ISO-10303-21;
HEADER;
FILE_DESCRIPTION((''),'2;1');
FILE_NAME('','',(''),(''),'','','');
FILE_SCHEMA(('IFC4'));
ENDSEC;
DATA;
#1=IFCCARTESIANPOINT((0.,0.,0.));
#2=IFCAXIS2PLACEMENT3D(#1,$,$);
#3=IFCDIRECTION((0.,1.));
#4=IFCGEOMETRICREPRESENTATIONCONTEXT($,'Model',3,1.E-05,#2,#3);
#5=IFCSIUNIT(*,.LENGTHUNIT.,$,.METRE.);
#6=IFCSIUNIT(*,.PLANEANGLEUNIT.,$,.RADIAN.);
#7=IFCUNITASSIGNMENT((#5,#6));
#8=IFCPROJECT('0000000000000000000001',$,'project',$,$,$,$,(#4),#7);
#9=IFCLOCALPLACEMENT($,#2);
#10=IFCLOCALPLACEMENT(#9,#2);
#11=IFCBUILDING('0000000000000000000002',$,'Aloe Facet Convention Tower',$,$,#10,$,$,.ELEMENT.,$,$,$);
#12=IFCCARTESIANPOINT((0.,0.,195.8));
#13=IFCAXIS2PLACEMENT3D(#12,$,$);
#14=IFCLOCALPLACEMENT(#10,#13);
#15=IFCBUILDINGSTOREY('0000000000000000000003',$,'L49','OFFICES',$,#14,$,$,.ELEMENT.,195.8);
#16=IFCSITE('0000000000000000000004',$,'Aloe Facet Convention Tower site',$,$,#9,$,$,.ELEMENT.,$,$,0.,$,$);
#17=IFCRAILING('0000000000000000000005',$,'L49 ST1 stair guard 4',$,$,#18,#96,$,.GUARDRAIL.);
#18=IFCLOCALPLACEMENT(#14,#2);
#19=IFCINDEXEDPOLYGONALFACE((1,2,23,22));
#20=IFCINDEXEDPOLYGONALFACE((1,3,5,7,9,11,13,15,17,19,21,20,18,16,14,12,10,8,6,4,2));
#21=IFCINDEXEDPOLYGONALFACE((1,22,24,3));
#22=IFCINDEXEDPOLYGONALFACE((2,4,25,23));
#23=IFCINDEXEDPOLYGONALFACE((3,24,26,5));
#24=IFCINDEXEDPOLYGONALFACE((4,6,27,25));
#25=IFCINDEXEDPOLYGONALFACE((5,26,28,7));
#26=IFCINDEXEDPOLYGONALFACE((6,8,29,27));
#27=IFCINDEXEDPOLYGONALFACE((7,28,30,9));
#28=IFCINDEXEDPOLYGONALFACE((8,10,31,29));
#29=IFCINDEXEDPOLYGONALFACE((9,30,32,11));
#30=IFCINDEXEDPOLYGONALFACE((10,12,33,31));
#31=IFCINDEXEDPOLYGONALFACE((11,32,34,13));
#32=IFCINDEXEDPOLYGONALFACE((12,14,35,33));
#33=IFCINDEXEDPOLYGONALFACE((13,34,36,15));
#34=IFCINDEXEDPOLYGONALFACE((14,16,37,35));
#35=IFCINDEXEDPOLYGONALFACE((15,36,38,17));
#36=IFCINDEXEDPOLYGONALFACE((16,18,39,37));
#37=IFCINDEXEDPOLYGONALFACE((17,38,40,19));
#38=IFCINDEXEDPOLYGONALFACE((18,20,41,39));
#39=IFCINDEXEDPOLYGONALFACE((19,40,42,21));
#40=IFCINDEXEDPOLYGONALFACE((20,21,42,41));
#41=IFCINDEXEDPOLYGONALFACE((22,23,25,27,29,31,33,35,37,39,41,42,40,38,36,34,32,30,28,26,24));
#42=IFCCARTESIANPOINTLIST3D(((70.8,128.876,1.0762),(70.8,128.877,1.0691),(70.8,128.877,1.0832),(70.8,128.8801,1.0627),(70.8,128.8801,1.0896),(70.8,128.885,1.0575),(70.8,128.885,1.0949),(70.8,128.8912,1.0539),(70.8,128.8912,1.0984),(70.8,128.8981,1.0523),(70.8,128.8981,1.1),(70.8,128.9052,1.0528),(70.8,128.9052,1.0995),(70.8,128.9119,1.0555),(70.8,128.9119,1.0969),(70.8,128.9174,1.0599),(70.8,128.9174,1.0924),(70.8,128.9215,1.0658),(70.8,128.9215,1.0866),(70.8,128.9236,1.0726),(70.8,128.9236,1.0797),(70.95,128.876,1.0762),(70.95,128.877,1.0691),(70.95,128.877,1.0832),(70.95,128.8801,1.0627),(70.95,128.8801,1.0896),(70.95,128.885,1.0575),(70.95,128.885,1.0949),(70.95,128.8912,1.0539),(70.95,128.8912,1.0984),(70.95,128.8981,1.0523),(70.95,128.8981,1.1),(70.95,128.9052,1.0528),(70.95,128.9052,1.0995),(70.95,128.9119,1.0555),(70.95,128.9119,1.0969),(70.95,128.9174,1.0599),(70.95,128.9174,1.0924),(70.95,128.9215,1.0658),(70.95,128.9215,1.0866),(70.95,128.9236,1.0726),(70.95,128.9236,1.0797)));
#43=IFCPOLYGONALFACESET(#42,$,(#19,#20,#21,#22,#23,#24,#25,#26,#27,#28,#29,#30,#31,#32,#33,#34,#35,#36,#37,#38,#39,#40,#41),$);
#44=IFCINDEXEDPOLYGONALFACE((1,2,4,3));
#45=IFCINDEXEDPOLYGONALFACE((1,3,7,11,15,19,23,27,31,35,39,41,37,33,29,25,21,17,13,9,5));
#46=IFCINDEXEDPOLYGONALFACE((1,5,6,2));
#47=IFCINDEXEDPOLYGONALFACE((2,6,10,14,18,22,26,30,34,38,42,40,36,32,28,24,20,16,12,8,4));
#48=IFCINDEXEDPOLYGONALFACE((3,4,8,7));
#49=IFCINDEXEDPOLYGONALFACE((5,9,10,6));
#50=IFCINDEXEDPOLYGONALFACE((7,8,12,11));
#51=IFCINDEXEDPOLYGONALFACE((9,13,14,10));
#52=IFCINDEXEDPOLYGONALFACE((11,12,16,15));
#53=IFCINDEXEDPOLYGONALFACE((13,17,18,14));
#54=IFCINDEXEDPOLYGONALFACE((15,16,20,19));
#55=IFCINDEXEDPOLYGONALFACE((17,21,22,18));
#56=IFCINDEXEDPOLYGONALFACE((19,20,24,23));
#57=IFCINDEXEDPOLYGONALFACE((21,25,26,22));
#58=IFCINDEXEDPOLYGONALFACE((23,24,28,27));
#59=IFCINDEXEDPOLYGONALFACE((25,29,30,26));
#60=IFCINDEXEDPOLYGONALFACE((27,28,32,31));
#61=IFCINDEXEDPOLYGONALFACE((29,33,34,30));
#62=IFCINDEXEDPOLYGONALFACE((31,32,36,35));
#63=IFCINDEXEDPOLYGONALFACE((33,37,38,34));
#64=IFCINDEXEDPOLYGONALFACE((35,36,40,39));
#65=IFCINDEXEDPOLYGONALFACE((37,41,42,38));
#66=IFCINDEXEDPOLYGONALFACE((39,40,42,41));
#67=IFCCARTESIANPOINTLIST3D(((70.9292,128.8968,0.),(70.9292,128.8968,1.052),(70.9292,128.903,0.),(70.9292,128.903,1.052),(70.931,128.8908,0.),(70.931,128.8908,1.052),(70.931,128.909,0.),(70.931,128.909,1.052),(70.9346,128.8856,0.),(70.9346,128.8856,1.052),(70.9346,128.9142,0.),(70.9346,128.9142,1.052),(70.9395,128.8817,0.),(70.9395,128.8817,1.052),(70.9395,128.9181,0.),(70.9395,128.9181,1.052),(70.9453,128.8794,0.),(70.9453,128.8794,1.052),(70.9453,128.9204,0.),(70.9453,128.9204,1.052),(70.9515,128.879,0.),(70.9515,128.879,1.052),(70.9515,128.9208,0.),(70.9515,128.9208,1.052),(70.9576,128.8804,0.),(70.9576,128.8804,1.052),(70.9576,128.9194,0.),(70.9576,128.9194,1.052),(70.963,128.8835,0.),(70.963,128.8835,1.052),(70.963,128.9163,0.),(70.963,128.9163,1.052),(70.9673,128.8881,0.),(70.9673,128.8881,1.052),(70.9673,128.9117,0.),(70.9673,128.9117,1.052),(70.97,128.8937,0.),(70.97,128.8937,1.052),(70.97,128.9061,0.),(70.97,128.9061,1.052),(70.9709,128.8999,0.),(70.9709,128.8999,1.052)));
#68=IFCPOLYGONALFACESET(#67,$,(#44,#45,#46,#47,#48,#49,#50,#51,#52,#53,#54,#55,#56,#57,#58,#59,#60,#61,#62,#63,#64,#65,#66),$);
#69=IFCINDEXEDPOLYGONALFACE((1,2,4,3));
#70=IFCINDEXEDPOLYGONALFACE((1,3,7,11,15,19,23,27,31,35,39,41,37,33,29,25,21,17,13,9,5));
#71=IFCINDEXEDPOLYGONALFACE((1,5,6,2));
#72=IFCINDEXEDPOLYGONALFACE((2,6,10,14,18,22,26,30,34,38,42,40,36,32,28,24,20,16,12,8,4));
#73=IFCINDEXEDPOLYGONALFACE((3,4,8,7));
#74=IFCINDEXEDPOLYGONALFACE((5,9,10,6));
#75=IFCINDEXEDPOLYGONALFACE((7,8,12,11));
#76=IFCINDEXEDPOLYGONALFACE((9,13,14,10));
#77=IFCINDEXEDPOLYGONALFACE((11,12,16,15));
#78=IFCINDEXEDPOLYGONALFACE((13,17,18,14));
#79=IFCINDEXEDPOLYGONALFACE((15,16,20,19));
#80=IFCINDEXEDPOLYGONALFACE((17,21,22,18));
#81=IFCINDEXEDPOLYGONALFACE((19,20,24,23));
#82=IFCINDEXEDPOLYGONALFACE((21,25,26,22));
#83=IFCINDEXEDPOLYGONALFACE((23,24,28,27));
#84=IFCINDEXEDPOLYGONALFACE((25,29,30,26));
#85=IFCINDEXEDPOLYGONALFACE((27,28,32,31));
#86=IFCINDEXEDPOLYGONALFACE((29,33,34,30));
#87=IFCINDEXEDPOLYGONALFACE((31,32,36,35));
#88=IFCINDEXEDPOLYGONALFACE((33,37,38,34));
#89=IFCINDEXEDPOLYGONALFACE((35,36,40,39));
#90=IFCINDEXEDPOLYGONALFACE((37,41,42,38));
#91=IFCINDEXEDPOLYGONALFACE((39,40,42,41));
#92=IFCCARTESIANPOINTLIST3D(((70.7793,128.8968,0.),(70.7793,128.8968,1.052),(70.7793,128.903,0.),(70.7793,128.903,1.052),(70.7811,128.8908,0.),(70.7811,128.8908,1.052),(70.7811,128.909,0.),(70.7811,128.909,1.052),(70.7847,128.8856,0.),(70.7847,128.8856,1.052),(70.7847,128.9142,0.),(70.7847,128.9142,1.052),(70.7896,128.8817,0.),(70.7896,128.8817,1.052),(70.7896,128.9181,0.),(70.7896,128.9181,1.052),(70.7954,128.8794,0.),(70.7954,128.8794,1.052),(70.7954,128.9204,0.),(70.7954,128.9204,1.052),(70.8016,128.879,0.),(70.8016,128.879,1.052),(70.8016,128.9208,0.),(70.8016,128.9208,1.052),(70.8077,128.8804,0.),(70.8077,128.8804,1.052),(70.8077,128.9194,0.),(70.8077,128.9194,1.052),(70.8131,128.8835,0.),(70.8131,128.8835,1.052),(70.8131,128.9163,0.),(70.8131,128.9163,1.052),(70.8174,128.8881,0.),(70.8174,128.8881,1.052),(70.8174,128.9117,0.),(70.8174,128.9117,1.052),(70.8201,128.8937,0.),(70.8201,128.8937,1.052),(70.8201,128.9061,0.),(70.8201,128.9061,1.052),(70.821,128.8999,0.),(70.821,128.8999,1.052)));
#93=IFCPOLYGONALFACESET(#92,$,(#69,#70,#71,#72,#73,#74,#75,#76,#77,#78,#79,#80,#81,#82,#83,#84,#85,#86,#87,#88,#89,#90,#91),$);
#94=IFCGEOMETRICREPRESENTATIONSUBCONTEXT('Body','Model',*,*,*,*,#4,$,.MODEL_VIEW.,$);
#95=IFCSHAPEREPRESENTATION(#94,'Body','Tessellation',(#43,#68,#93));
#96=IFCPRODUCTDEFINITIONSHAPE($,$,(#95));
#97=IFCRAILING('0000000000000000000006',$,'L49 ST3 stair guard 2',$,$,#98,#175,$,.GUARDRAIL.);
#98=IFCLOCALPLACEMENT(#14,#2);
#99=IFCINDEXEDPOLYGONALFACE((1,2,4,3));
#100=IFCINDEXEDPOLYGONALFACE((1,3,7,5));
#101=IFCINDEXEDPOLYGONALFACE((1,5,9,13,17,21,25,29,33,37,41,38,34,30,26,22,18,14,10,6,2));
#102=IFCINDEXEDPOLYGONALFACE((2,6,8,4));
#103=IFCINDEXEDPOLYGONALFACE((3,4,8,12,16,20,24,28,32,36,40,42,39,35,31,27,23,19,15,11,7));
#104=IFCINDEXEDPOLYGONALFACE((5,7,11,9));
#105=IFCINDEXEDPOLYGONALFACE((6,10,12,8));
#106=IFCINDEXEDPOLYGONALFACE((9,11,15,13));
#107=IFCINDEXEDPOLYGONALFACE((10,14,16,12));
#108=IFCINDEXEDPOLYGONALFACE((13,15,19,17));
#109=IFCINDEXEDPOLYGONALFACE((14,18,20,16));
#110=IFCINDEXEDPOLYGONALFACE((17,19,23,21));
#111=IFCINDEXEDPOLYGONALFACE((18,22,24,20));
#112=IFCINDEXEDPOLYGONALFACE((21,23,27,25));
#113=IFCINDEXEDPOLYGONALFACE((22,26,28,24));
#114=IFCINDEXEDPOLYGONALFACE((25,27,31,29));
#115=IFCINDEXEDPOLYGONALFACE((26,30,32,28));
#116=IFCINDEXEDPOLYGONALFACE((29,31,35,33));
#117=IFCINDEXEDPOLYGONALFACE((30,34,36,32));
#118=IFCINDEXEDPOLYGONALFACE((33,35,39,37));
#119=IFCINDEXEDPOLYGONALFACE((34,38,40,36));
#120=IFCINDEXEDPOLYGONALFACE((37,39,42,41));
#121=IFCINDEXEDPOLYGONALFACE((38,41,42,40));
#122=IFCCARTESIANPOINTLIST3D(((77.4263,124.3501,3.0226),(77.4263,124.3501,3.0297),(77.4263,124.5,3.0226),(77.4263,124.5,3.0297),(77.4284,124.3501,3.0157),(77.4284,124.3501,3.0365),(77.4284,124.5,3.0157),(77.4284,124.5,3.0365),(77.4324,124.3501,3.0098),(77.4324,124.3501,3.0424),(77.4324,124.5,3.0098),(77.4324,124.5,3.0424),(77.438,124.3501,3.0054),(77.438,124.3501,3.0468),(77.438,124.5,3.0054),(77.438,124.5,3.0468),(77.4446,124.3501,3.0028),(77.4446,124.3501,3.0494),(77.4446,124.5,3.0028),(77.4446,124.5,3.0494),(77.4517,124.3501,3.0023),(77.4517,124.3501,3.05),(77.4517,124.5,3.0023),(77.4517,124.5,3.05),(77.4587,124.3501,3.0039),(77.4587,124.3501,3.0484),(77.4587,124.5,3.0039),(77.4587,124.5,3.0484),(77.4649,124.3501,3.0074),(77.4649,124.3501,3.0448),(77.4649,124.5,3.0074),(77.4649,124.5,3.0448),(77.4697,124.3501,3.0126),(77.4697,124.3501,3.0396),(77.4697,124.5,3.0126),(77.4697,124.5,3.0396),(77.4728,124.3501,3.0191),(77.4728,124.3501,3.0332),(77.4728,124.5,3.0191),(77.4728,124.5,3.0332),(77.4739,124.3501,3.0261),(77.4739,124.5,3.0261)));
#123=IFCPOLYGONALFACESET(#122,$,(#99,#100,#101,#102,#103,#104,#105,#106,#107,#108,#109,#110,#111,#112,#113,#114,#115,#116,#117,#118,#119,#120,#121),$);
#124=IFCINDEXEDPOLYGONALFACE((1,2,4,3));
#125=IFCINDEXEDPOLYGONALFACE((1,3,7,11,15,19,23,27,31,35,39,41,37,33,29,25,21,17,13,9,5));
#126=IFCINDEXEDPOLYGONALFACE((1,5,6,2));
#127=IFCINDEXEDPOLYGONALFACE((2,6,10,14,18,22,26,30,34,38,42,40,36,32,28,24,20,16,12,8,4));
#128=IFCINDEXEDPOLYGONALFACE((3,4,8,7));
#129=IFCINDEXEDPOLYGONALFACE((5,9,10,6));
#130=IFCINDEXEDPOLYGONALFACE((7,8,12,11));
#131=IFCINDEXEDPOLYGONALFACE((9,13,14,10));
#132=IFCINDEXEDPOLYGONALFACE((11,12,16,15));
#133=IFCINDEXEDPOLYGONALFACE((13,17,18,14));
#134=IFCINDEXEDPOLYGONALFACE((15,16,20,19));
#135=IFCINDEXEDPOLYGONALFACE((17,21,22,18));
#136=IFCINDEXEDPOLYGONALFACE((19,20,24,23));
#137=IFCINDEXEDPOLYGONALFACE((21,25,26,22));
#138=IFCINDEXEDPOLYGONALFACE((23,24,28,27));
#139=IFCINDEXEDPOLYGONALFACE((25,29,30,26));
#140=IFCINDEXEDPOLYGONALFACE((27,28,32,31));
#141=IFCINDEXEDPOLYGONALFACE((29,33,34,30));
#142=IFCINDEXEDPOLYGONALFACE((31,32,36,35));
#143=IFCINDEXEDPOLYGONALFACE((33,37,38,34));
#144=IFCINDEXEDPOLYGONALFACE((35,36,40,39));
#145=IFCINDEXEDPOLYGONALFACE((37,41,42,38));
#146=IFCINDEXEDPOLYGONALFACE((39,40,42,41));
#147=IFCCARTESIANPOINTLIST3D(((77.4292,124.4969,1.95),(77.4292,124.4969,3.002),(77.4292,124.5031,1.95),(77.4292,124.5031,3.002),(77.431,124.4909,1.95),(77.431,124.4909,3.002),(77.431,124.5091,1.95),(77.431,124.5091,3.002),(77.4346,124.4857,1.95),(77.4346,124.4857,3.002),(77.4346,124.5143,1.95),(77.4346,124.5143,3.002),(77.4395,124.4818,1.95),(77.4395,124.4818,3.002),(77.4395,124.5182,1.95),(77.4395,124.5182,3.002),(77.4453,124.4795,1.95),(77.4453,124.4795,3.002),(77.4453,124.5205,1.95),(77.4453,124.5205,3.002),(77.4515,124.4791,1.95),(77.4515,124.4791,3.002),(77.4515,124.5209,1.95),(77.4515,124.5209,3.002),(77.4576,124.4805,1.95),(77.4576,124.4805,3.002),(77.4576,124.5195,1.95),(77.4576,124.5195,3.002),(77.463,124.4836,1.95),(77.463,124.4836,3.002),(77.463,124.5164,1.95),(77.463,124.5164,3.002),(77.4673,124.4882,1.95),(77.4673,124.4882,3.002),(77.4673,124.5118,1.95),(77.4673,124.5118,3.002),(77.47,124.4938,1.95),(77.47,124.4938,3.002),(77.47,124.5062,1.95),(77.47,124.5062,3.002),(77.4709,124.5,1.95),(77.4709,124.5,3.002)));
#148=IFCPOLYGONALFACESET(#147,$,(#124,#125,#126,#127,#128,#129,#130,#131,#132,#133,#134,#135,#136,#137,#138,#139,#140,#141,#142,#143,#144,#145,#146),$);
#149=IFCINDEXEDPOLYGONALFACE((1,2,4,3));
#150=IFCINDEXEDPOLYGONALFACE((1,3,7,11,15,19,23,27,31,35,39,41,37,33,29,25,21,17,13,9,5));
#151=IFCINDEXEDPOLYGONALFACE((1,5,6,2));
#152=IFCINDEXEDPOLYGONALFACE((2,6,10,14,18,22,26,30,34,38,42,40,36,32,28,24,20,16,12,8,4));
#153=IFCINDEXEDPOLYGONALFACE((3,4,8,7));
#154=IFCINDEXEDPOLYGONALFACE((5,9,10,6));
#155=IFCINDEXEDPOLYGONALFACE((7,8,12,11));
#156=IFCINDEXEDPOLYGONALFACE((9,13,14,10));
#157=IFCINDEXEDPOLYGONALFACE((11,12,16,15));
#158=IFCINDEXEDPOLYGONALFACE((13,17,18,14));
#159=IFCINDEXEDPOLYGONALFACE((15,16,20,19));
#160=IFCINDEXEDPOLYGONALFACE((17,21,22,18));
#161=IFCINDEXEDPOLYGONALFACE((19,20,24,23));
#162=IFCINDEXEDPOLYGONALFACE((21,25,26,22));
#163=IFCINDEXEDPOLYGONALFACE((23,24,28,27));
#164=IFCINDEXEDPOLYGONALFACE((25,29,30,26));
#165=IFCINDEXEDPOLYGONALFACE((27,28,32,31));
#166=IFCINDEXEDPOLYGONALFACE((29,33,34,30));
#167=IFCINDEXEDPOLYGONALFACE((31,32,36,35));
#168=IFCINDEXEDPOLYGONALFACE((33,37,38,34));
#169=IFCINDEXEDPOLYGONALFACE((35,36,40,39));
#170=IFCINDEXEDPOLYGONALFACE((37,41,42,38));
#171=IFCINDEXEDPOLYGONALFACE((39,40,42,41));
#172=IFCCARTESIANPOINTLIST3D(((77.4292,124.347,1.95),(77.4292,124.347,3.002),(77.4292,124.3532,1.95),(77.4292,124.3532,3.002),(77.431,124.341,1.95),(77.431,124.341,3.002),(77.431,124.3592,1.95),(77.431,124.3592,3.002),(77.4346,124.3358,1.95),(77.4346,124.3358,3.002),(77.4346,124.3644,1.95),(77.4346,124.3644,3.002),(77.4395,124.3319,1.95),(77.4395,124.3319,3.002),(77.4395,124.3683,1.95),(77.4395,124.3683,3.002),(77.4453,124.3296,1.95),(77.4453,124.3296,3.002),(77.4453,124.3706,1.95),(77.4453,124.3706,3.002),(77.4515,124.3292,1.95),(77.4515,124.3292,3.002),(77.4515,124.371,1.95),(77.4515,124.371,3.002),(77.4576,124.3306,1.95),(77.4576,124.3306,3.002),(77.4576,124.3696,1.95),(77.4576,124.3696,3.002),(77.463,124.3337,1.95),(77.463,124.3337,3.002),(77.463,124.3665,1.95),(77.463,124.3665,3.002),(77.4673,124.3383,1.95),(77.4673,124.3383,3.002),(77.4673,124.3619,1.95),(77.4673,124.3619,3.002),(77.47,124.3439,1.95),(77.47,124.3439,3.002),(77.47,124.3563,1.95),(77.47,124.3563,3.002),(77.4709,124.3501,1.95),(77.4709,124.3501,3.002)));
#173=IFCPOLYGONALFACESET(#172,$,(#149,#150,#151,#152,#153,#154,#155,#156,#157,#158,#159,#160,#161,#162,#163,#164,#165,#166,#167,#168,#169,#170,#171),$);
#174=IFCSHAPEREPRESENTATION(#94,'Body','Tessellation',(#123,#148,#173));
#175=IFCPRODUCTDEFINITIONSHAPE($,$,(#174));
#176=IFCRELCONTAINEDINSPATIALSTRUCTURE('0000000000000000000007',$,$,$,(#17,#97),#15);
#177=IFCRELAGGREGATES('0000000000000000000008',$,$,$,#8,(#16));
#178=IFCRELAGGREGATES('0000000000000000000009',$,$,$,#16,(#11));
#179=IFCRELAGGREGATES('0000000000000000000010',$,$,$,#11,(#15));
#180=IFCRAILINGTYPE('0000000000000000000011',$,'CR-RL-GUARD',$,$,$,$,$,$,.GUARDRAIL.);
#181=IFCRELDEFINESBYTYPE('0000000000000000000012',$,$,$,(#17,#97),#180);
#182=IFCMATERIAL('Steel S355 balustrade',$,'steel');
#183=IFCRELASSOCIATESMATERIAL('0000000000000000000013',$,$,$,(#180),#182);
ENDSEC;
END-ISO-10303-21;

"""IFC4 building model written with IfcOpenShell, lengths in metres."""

from ifc_helpers import new_model, si_unit, direction, frame, origin, origin_2d, place, context, subcontext, project, spatial, circle, extrude, material, type_object, element, save


model = new_model("IFC4")

# Units and contexts
model_context = context("Model", 3, precision=1e-05, world=origin(), true_north=direction((0.0, 1.0)))
body_context = subcontext(model_context, "Body", "Model", "MODEL_VIEW")
ifc_project = project(units=[si_unit("LENGTHUNIT", "METRE"), si_unit("PLANEANGLEUNIT", "RADIAN")], contexts=[model_context])

# Site, building, storey
site_placement = place(None, origin())
site = spatial("IfcSite", under=ifc_project, at=site_placement, Name="Aloe Facet Convention Tower site", CompositionType="ELEMENT", RefElevation=0.0)
building_placement = place(site_placement, origin())
building = spatial("IfcBuilding", under=site, at=building_placement, Name="Aloe Facet Convention Tower", CompositionType="ELEMENT")
storey_placement = place(building_placement, frame((0.0, 0.0, 195.8)))
storey = spatial("IfcBuildingStorey", under=building, at=storey_placement, Name="L49", Description="OFFICES", CompositionType="ELEMENT", Elevation=195.8)

# Railings
ifc_material_1 = material(Name="Steel S355 balustrade", Category="steel")
railing_type_1 = type_object("IfcRailingType", Name="CR-RL-GUARD", PredefinedType="GUARDRAIL", material=ifc_material_1)
railing_1_placement = place(storey_placement, frame((70.95, 128.8999, 0.0)))
element("IfcRailing", 1, at=railing_1_placement, inside=storey, type_object=railing_type_1, Name="L49 ST1 stair guard 4", PredefinedType="GUARDRAIL", context=body_context, shape_type="SweptSolid", body=[
    extrude(circle(Radius=0.0239, at=origin_2d()), frame((0.0, 0.0, 1.0762), z_axis=(-1.0, 0.0, 0.0), x_axis=(0.0, -1.0, 0.0)), (0.0, 0.0, 1.0), 0.1499),
    extrude(circle(Radius=0.021, at=origin_2d()), origin(), (0.0, 0.0, 1.0), 1.052),
    extrude(circle(Radius=0.021, at=origin_2d()), frame((-0.1499, 0.0, 0.0)), (0.0, 0.0, 1.0), 1.052),
])
railing_2_placement = place(storey_placement, frame((77.45, 124.5, 1.95)))
element("IfcRailing", 2, at=railing_2_placement, inside=storey, type_object=railing_type_1, Name="L49 ST3 stair guard 2", PredefinedType="GUARDRAIL", context=body_context, shape_type="SweptSolid", body=[
    extrude(circle(Radius=0.0239, at=origin_2d()), frame((0.0, 0.0, 1.0762), z_axis=(0.0, -1.0, 0.0), x_axis=(1.0, 0.0, 0.0)), (0.0, 0.0, 1.0), 0.1499),
    extrude(circle(Radius=0.021, at=origin_2d()), origin(), (0.0, 0.0, 1.0), 1.052),
    extrude(circle(Radius=0.021, at=origin_2d()), frame((0.0, -0.1499, 0.0)), (0.0, 0.0, 1.0), 1.052),
])

save(model, "model.ifc")
